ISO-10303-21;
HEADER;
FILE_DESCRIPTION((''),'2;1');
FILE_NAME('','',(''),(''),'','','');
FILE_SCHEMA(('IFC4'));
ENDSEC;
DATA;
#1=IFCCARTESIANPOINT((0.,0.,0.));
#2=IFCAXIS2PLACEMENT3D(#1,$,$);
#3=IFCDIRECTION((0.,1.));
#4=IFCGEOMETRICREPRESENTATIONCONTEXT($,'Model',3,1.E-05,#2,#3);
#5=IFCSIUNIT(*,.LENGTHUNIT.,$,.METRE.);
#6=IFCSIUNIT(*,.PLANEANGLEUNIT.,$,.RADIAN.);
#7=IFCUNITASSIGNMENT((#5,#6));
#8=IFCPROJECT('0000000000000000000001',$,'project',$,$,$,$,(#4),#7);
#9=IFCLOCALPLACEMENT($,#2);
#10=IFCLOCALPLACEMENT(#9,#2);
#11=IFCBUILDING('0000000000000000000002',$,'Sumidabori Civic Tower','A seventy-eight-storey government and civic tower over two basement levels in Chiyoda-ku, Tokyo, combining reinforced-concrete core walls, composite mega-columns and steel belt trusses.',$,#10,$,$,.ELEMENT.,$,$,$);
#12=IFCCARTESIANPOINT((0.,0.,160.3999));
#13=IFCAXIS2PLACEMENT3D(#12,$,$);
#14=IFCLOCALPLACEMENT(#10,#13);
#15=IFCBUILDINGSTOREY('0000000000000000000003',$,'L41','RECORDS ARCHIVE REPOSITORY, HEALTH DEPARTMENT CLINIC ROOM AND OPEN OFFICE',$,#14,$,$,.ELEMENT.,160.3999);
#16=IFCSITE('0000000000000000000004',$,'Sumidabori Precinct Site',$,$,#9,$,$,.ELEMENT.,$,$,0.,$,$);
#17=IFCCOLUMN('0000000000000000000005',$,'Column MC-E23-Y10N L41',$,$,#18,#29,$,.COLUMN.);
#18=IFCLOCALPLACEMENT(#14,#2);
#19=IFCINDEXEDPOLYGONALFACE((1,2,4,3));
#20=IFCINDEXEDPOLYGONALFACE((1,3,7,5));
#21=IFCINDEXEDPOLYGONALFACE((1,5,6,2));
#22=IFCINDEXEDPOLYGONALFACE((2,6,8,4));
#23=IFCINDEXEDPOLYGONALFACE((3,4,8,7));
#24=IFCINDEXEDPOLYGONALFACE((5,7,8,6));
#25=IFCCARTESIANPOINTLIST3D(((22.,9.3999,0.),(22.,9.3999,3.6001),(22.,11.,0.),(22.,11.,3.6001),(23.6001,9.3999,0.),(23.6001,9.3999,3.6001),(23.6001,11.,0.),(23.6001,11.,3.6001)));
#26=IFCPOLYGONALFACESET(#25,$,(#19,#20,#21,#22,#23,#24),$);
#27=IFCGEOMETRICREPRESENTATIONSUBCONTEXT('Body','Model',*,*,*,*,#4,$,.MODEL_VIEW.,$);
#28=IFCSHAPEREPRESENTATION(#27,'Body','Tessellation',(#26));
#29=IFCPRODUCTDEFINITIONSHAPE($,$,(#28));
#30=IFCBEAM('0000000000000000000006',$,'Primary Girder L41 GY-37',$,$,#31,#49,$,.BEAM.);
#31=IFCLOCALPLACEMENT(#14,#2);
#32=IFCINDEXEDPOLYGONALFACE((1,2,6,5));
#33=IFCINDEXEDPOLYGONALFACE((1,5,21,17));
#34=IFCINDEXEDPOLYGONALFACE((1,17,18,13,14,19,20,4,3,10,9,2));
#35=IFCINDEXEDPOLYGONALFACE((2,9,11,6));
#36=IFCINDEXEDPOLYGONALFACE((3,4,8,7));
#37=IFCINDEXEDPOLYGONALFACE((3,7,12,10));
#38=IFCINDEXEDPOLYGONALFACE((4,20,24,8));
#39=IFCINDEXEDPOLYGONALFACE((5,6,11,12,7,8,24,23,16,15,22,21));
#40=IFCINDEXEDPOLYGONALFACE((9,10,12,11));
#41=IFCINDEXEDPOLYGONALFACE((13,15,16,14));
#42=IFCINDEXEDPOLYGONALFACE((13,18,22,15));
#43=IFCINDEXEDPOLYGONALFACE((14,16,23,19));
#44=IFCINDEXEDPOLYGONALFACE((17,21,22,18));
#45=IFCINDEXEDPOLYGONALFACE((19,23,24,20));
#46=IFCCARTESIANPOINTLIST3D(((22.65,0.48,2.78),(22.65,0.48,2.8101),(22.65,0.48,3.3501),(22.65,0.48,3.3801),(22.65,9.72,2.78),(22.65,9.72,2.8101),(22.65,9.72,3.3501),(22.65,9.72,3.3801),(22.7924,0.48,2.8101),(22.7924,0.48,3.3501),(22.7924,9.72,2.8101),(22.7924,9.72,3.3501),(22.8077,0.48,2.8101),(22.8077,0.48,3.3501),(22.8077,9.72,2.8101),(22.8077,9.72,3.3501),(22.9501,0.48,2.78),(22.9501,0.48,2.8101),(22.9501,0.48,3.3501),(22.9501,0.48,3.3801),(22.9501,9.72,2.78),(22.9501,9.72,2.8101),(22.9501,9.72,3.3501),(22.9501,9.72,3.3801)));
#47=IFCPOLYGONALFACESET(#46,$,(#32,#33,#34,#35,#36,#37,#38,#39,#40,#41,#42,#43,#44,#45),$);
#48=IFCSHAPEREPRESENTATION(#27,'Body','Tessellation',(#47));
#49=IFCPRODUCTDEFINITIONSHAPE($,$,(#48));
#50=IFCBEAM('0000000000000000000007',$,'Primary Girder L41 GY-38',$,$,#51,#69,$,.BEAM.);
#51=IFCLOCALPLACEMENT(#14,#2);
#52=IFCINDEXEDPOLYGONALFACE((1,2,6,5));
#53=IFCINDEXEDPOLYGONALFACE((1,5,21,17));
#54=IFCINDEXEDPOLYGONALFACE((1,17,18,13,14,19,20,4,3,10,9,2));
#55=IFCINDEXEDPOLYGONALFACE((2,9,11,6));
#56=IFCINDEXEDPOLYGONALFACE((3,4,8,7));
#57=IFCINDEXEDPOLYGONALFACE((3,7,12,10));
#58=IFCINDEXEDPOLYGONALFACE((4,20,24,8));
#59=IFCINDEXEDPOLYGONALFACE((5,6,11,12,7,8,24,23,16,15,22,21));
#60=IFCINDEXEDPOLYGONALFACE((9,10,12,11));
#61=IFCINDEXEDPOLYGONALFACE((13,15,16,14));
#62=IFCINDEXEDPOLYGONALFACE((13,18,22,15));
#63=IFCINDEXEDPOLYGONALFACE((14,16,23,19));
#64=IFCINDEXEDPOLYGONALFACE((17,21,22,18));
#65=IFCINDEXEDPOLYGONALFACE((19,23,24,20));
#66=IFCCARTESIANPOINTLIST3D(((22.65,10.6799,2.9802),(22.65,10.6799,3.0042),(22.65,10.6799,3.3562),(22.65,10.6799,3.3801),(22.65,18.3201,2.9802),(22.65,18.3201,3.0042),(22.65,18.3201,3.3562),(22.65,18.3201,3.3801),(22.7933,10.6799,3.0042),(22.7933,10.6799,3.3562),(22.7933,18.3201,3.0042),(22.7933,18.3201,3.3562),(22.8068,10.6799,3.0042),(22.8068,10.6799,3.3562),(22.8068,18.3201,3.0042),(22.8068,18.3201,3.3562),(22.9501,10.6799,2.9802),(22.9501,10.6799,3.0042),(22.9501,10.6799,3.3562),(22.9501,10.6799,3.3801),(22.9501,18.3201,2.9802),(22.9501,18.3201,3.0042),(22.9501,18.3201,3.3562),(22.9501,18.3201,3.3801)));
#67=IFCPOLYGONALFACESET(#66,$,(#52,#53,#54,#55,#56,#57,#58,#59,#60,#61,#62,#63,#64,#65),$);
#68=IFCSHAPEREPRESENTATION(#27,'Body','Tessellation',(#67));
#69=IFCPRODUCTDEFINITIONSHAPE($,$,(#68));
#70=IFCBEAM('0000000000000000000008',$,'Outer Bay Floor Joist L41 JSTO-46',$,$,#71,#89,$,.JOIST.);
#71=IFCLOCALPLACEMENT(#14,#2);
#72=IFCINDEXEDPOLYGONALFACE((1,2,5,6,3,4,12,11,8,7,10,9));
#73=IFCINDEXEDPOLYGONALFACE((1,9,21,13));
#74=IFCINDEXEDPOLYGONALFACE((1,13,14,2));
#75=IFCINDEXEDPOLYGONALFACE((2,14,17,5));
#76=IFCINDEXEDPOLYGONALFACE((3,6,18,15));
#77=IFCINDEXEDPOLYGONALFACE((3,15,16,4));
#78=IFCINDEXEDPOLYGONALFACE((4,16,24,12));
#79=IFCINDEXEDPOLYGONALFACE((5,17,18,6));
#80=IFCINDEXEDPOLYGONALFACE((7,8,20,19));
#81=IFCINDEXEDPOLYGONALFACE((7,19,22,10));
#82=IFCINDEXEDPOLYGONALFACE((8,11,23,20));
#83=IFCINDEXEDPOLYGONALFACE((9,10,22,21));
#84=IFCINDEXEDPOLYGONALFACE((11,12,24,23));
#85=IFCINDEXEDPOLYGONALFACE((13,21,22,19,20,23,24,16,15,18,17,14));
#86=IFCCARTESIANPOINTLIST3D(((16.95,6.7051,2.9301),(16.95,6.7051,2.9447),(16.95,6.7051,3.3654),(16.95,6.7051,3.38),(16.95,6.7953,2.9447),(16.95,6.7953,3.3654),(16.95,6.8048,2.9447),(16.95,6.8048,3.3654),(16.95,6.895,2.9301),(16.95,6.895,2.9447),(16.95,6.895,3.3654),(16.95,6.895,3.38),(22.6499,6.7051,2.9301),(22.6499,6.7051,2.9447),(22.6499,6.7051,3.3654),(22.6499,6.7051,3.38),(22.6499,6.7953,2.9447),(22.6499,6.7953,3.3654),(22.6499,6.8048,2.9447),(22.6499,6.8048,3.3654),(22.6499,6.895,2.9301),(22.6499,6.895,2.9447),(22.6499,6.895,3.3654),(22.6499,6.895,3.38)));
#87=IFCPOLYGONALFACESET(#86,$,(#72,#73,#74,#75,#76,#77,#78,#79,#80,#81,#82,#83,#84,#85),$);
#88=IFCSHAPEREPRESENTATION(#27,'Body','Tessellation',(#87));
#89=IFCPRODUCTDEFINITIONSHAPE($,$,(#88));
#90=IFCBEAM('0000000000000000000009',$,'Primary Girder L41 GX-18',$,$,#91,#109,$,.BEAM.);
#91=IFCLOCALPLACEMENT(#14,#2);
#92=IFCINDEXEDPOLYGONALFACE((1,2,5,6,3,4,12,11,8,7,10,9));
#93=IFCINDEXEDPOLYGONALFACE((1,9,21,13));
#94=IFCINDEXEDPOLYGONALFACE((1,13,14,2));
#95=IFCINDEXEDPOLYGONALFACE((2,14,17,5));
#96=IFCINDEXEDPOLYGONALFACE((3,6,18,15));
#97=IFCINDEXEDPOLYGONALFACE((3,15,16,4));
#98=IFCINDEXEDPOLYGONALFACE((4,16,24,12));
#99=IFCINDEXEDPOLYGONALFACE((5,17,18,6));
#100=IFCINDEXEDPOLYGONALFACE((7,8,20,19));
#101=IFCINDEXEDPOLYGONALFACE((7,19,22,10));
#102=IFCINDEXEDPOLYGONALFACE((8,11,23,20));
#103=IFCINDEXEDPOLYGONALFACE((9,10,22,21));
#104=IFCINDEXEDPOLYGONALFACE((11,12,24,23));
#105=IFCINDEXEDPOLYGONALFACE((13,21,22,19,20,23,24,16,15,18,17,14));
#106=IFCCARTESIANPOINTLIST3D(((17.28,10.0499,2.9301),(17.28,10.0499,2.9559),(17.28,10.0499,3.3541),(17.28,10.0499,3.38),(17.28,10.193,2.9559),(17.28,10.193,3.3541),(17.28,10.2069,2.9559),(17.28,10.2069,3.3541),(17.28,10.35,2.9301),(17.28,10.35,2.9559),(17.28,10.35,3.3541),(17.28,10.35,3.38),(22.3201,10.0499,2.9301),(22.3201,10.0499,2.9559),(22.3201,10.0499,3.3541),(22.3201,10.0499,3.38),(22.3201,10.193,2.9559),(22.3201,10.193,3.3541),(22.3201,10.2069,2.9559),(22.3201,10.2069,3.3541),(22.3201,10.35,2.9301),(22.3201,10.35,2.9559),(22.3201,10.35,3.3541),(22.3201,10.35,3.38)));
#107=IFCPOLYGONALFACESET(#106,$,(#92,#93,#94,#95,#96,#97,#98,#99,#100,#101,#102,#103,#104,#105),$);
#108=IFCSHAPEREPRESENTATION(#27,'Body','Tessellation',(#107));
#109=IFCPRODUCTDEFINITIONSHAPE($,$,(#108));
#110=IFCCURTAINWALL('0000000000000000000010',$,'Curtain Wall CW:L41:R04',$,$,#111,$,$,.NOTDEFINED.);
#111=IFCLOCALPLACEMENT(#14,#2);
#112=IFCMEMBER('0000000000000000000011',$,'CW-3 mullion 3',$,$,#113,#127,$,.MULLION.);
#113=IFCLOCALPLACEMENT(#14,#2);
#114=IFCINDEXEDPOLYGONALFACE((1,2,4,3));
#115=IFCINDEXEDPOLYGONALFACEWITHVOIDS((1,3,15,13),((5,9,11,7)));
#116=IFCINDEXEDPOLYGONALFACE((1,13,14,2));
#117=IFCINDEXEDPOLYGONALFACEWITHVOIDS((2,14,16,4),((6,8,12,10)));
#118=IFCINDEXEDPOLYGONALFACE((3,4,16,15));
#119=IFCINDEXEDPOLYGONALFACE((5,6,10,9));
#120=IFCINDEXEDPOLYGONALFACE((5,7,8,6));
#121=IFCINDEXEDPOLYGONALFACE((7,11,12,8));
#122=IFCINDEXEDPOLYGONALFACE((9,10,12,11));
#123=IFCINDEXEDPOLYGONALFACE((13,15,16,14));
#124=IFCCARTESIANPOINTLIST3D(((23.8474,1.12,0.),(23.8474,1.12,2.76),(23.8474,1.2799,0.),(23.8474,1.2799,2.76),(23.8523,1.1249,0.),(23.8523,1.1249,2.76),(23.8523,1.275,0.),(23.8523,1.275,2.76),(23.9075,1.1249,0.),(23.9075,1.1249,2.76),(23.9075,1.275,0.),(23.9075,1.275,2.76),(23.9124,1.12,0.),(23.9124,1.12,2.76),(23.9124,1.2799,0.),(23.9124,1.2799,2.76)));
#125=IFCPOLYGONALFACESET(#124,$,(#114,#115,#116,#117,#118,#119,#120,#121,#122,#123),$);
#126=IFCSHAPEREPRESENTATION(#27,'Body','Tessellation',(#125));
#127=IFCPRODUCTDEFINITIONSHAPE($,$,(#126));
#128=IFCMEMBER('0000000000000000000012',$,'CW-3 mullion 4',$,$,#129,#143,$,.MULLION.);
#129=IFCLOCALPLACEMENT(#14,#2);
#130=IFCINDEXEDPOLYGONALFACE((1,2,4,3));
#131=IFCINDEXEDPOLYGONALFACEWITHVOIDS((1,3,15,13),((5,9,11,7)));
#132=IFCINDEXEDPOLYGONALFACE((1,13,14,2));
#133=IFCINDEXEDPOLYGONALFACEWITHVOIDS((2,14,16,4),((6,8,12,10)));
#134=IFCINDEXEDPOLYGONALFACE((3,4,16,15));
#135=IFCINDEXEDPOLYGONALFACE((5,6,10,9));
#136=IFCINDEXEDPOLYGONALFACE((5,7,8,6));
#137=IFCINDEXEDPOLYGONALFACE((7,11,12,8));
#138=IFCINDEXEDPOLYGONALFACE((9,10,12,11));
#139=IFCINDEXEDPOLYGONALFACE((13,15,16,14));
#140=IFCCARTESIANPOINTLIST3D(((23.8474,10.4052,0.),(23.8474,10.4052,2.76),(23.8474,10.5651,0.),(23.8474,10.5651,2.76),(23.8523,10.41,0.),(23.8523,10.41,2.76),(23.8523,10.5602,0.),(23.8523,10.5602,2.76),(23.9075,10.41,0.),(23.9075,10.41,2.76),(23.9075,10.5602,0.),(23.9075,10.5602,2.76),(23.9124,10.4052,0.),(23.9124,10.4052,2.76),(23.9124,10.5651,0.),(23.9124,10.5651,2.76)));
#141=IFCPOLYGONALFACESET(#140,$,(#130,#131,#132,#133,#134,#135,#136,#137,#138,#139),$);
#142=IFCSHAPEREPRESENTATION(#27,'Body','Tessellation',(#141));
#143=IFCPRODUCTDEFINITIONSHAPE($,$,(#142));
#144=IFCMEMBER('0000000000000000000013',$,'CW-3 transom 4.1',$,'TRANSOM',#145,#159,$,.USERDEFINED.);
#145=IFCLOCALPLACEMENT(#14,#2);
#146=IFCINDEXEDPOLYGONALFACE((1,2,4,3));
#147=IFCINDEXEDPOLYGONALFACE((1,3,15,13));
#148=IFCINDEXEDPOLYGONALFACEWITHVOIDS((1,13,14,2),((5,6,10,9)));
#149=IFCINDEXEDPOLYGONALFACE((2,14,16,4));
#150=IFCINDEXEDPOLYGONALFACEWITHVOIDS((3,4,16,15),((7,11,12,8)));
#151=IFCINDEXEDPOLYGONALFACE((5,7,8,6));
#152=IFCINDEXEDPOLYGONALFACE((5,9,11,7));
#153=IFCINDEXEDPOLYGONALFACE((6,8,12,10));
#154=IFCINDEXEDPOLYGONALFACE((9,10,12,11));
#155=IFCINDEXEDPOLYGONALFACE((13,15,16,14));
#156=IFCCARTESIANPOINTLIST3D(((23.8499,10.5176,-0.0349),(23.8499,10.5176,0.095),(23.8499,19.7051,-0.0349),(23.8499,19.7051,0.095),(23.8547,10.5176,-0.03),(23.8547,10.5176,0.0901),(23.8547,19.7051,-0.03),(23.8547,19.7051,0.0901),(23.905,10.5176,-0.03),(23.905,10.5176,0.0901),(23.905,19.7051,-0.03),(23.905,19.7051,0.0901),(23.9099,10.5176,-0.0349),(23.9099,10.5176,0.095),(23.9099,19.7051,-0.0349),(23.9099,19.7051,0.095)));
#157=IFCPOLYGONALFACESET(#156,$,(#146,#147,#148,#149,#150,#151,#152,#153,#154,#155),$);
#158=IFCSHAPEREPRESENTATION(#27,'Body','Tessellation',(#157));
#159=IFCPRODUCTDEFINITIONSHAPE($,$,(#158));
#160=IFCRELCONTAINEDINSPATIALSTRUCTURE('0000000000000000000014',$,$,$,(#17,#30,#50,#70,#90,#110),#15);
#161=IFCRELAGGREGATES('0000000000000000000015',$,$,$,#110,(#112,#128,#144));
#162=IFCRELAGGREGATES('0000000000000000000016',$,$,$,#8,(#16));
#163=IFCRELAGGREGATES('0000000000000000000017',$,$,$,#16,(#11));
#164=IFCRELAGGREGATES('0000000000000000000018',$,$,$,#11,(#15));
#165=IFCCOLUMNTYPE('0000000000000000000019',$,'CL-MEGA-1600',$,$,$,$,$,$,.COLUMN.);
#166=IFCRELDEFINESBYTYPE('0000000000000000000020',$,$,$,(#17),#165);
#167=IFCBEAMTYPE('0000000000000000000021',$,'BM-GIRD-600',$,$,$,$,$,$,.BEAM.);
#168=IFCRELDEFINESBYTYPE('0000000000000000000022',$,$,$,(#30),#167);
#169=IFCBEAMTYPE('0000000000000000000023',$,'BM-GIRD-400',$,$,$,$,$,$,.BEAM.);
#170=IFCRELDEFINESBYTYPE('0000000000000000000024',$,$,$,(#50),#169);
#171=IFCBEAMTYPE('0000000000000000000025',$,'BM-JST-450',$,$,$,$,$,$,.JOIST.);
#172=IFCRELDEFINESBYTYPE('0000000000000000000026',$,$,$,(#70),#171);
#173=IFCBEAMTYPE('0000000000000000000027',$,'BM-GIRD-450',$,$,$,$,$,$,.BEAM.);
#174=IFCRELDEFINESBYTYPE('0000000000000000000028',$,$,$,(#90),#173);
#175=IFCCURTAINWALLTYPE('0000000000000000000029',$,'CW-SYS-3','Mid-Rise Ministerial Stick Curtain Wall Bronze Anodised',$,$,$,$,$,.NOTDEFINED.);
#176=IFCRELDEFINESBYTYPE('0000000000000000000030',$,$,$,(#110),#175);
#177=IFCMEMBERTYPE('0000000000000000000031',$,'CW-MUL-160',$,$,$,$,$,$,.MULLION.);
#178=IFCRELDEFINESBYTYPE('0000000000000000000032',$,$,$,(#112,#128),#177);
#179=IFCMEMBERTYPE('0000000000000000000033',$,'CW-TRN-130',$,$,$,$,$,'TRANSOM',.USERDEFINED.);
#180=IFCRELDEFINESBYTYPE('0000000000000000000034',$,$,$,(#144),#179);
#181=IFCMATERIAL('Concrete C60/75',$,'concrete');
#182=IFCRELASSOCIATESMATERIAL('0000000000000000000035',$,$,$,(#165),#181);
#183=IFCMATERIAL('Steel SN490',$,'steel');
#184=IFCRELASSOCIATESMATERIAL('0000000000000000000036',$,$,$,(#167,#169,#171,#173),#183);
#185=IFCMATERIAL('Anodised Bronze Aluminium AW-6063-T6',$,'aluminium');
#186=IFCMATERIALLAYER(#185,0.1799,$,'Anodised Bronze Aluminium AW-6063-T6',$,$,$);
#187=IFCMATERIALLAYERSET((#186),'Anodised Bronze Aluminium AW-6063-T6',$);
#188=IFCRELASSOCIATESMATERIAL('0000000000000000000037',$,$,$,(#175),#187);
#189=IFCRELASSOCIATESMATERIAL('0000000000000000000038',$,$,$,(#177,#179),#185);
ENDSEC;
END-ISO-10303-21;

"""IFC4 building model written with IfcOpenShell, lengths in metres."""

from ifc_helpers import new_model, si_unit, direction, frame, origin, origin_2d, place, context, subcontext, project, spatial, rectangle, hollow_rectangle, i_section, extrude, source, transform, mapped, material, layer, layer_set, material_profile, profile_set, type_object, element, aggregate, save


model = new_model("IFC4")

# Units and contexts
model_context = context("Model", 3, precision=1e-05, world=origin(), true_north=direction((0.0, 1.0)))
body_context = subcontext(model_context, "Body", "Model", "MODEL_VIEW")
ifc_project = project(units=[si_unit("LENGTHUNIT", "METRE"), si_unit("PLANEANGLEUNIT", "RADIAN")], contexts=[model_context])

# Site, building, storey
site_placement = place(None, origin())
site = spatial("IfcSite", under=ifc_project, at=site_placement, Name="Sumidabori Precinct Site", CompositionType="ELEMENT", RefElevation=0.0)
building_placement = place(site_placement, origin())
building = spatial("IfcBuilding", under=site, at=building_placement, Name="Sumidabori Civic Tower", Description="A seventy-eight-storey government and civic tower over two basement levels in Chiyoda-ku, Tokyo, combining reinforced-concrete core walls, composite mega-columns and steel belt trusses.", CompositionType="ELEMENT")
storey_placement = place(building_placement, frame((0.0, 0.0, 160.3999)))
storey = spatial("IfcBuildingStorey", under=building, at=storey_placement, Name="L41", Description="RECORDS ARCHIVE REPOSITORY, HEALTH DEPARTMENT CLINIC ROOM AND OPEN OFFICE", CompositionType="ELEMENT", Elevation=160.3999)

# Column
ifc_material_1 = material(Name="Concrete C60/75", Category="concrete")
ifc_material_profile_1 = material_profile(ifc_material_1, rectangle(XDim=1.6001, YDim=1.6001, at=origin_2d()), Name="RC 1600x1600")
ifc_profile_set_1 = profile_set([ifc_material_profile_1], Name="Concrete C60/75")
column_type = type_object("IfcColumnType", Name="CL-MEGA-1600", PredefinedType="COLUMN", material=ifc_profile_set_1)
shared_shape_1 = source(origin(), body_context, "Body", "SweptSolid", [
    extrude(rectangle(XDim=1.6001, YDim=1.6001, at=origin_2d()), origin(), (0.0, 0.0, 1.0), 3.6001),
])
column_placement = place(storey_placement, frame((22.8, 10.2, 0.0), z_axis=(0.0, 0.0, 1.0), x_axis=(1.0, 0.0, 0.0)))
element("IfcColumn", 1, at=column_placement, inside=storey, type_object=column_type, Name="Column MC-E23-Y10N L41", PredefinedType="COLUMN", context=body_context, shape_type="MappedRepresentation", body=[
    mapped(shared_shape_1, transform((0.0, 0.0, 0.0), x_axis=(1.0, 0.0, 0.0), y_axis=(0.0, 1.0, 0.0), z_axis=(0.0, 0.0, 1.0), scale=1.0)),
])

# Beams
ifc_material_2 = material(Name="Steel SN490", Category="steel")
ifc_material_profile_2 = material_profile(ifc_material_2, i_section(OverallWidth=0.3, OverallDepth=0.6001, WebThickness=0.0154, FlangeThickness=0.03, at=origin_2d()), Name="HE 600 B")
ifc_profile_set_2 = profile_set([ifc_material_profile_2], Name="Steel SN490")
beam_type_1 = type_object("IfcBeamType", Name="BM-GIRD-600", PredefinedType="BEAM", material=ifc_profile_set_2)
shared_shape_2 = source(origin(), body_context, "Body", "SweptSolid", [
    extrude(i_section(OverallWidth=0.3, OverallDepth=0.6001, WebThickness=0.0154, FlangeThickness=0.03, at=origin_2d()), origin(), (0.0, 0.0, 1.0), 9.24),
])
beam_1_placement = place(storey_placement, frame((22.8, 0.48, 3.0801), z_axis=(0.0, 1.0, 0.0), x_axis=(-1.0, 0.0, 0.0)))
element("IfcBeam", 2, at=beam_1_placement, inside=storey, type_object=beam_type_1, Name="Primary Girder L41 GY-37", PredefinedType="BEAM", context=body_context, shape_type="MappedRepresentation", body=[
    mapped(shared_shape_2, transform((0.0, 0.0, 0.0), x_axis=(1.0, 0.0, 0.0), y_axis=(0.0, 1.0, 0.0), z_axis=(0.0, 0.0, 1.0), scale=1.0)),
])
ifc_material_profile_3 = material_profile(ifc_material_2, i_section(OverallWidth=0.3, OverallDepth=0.3999, WebThickness=0.0134, FlangeThickness=0.0239, at=origin_2d()), Name="HE 400 B")
ifc_profile_set_3 = profile_set([ifc_material_profile_3], Name="Steel SN490")
beam_type_2 = type_object("IfcBeamType", Name="BM-GIRD-400", PredefinedType="BEAM", material=ifc_profile_set_3)
shared_shape_3 = source(origin(), body_context, "Body", "SweptSolid", [
    extrude(i_section(OverallWidth=0.3, OverallDepth=0.3999, WebThickness=0.0134, FlangeThickness=0.0239, at=origin_2d()), origin(), (0.0, 0.0, 1.0), 7.6401),
])
beam_2_placement = place(storey_placement, frame((22.8, 10.6799, 3.1802), z_axis=(0.0, 1.0, 0.0), x_axis=(-1.0, 0.0, 0.0)))
element("IfcBeam", 3, at=beam_2_placement, inside=storey, type_object=beam_type_2, Name="Primary Girder L41 GY-38", PredefinedType="BEAM", context=body_context, shape_type="MappedRepresentation", body=[
    mapped(shared_shape_3, transform((0.0, 0.0, 0.0), x_axis=(1.0, 0.0, 0.0), y_axis=(0.0, 1.0, 0.0), z_axis=(0.0, 0.0, 1.0), scale=1.0)),
])
ifc_material_profile_4 = material_profile(ifc_material_2, i_section(OverallWidth=0.1899, OverallDepth=0.45, WebThickness=0.0095, FlangeThickness=0.0146, at=origin_2d()), Name="IPE 450")
ifc_profile_set_4 = profile_set([ifc_material_profile_4], Name="Steel SN490")
beam_type_3 = type_object("IfcBeamType", Name="BM-JST-450", PredefinedType="JOIST", material=ifc_profile_set_4)
shared_shape_4 = source(origin(), body_context, "Body", "SweptSolid", [
    extrude(i_section(OverallWidth=0.1899, OverallDepth=0.45, WebThickness=0.0095, FlangeThickness=0.0146, at=origin_2d()), origin(), (0.0, 0.0, 1.0), 5.7),
])
beam_3_placement = place(storey_placement, frame((16.95, 6.8, 3.155), z_axis=(1.0, 0.0, 0.0), x_axis=(0.0, 1.0, 0.0)))
element("IfcBeam", 4, at=beam_3_placement, inside=storey, type_object=beam_type_3, Name="Outer Bay Floor Joist L41 JSTO-46", PredefinedType="JOIST", context=body_context, shape_type="MappedRepresentation", body=[
    mapped(shared_shape_4, transform((0.0, 0.0, 0.0), x_axis=(1.0, 0.0, 0.0), y_axis=(0.0, 1.0, 0.0), z_axis=(0.0, 0.0, 1.0), scale=1.0)),
])
ifc_material_profile_5 = material_profile(ifc_material_2, i_section(OverallWidth=0.3, OverallDepth=0.45, WebThickness=0.0139, FlangeThickness=0.0259, at=origin_2d()), Name="HE 450 B")
ifc_profile_set_5 = profile_set([ifc_material_profile_5], Name="Steel SN490")
beam_type_4 = type_object("IfcBeamType", Name="BM-GIRD-450", PredefinedType="BEAM", material=ifc_profile_set_5)
shared_shape_5 = source(origin(), body_context, "Body", "SweptSolid", [
    extrude(i_section(OverallWidth=0.3, OverallDepth=0.45, WebThickness=0.0139, FlangeThickness=0.0259, at=origin_2d()), origin(), (0.0, 0.0, 1.0), 5.04),
])
beam_4_placement = place(storey_placement, frame((17.28, 10.2, 3.155), z_axis=(1.0, 0.0, 0.0), x_axis=(0.0, 1.0, 0.0)))
element("IfcBeam", 5, at=beam_4_placement, inside=storey, type_object=beam_type_4, Name="Primary Girder L41 GX-18", PredefinedType="BEAM", context=body_context, shape_type="MappedRepresentation", body=[
    mapped(shared_shape_5, transform((0.0, 0.0, 0.0), x_axis=(1.0, 0.0, 0.0), y_axis=(0.0, 1.0, 0.0), z_axis=(0.0, 0.0, 1.0), scale=1.0)),
])

# Curtain wall, members
ifc_material_3 = material(Name="Anodised Bronze Aluminium AW-6063-T6", Category="aluminium")
ifc_layer_1 = layer(ifc_material_3, 0.1799, Name="Anodised Bronze Aluminium AW-6063-T6")
ifc_layer_set_1 = layer_set([ifc_layer_1], Name="Anodised Bronze Aluminium AW-6063-T6")
curtain_wall_type = type_object("IfcCurtainWallType", Name="CW-SYS-3", Description="Mid-Rise Ministerial Stick Curtain Wall Bronze Anodised", PredefinedType="NOTDEFINED", material=ifc_layer_set_1)
curtain_wall_placement = place(storey_placement, origin())
curtain_wall = element("IfcCurtainWall", 6, at=curtain_wall_placement, inside=storey, type_object=curtain_wall_type, Name="Curtain Wall CW:L41:R04", PredefinedType="NOTDEFINED")
ifc_material_profile_6 = material_profile(ifc_material_3, hollow_rectangle(XDim=0.0649, YDim=0.1599, WallThickness=0.0049, at=origin_2d()), Name="ALU MULLION 160x65")
ifc_profile_set_6 = profile_set([ifc_material_profile_6], Name="Anodised Bronze Aluminium AW-6063-T6")
member_type_1 = type_object("IfcMemberType", Name="CW-MUL-160", PredefinedType="MULLION", material=ifc_profile_set_6)
shared_shape_6 = source(origin(), body_context, "Body", "SweptSolid", [
    extrude(hollow_rectangle(XDim=0.0649, YDim=0.1599, WallThickness=0.0049, at=origin_2d()), origin(), (0.0, 0.0, 1.0), 2.76),
])
member_1_placement = place(storey_placement, frame((23.8799, 1.2, 0.0), z_axis=(0.0, 0.0, 1.0), x_axis=(-1.0, 0.0, 0.0)))
member_1 = element("IfcMember", 7, at=member_1_placement, type_object=member_type_1, Name="CW-3 mullion 3", PredefinedType="MULLION", context=body_context, shape_type="MappedRepresentation", body=[
    mapped(shared_shape_6, transform((0.0, 0.0, 0.0), x_axis=(1.0, 0.0, 0.0), y_axis=(0.0, 1.0, 0.0), z_axis=(0.0, 0.0, 1.0), scale=1.0)),
])
member_2_placement = place(storey_placement, frame((23.8799, 10.4851, 0.0), z_axis=(0.0, 0.0, 1.0), x_axis=(-1.0, 0.0, 0.0)))
member_2 = element("IfcMember", 8, at=member_2_placement, type_object=member_type_1, Name="CW-3 mullion 4", PredefinedType="MULLION", context=body_context, shape_type="MappedRepresentation", body=[
    mapped(shared_shape_6, transform((0.0, 0.0, 0.0), x_axis=(1.0, 0.0, 0.0), y_axis=(0.0, 1.0, 0.0), z_axis=(0.0, 0.0, 1.0), scale=1.0)),
])
ifc_material_profile_7 = material_profile(ifc_material_3, hollow_rectangle(XDim=0.0601, YDim=0.1299, WallThickness=0.0049, at=origin_2d()), Name="ALU TRANSOM 130x60")
ifc_profile_set_7 = profile_set([ifc_material_profile_7], Name="Anodised Bronze Aluminium AW-6063-T6")
member_type_2 = type_object("IfcMemberType", Name="CW-TRN-130", ElementType="TRANSOM", PredefinedType="USERDEFINED", material=ifc_profile_set_7)
shared_shape_7 = source(origin(), body_context, "Body", "SweptSolid", [
    extrude(hollow_rectangle(XDim=0.0601, YDim=0.1299, WallThickness=0.0049, at=origin_2d()), origin(), (0.0, 0.0, 1.0), 9.1875),
])
member_3_placement = place(storey_placement, frame((23.8799, 10.5176, 0.03), z_axis=(0.0, 1.0, 0.0), x_axis=(-1.0, 0.0, 0.0)))
member_3 = element("IfcMember", 9, at=member_3_placement, type_object=member_type_2, Name="CW-3 transom 4.1", ObjectType="TRANSOM", PredefinedType="USERDEFINED", context=body_context, shape_type="MappedRepresentation", body=[
    mapped(shared_shape_7, transform((0.0, 0.0, 0.0), x_axis=(1.0, 0.0, 0.0), y_axis=(0.0, 1.0, 0.0), z_axis=(0.0, 0.0, 1.0), scale=1.0)),
])
aggregate(curtain_wall, [member_1, member_2, member_3])

save(model, "model.ifc")
